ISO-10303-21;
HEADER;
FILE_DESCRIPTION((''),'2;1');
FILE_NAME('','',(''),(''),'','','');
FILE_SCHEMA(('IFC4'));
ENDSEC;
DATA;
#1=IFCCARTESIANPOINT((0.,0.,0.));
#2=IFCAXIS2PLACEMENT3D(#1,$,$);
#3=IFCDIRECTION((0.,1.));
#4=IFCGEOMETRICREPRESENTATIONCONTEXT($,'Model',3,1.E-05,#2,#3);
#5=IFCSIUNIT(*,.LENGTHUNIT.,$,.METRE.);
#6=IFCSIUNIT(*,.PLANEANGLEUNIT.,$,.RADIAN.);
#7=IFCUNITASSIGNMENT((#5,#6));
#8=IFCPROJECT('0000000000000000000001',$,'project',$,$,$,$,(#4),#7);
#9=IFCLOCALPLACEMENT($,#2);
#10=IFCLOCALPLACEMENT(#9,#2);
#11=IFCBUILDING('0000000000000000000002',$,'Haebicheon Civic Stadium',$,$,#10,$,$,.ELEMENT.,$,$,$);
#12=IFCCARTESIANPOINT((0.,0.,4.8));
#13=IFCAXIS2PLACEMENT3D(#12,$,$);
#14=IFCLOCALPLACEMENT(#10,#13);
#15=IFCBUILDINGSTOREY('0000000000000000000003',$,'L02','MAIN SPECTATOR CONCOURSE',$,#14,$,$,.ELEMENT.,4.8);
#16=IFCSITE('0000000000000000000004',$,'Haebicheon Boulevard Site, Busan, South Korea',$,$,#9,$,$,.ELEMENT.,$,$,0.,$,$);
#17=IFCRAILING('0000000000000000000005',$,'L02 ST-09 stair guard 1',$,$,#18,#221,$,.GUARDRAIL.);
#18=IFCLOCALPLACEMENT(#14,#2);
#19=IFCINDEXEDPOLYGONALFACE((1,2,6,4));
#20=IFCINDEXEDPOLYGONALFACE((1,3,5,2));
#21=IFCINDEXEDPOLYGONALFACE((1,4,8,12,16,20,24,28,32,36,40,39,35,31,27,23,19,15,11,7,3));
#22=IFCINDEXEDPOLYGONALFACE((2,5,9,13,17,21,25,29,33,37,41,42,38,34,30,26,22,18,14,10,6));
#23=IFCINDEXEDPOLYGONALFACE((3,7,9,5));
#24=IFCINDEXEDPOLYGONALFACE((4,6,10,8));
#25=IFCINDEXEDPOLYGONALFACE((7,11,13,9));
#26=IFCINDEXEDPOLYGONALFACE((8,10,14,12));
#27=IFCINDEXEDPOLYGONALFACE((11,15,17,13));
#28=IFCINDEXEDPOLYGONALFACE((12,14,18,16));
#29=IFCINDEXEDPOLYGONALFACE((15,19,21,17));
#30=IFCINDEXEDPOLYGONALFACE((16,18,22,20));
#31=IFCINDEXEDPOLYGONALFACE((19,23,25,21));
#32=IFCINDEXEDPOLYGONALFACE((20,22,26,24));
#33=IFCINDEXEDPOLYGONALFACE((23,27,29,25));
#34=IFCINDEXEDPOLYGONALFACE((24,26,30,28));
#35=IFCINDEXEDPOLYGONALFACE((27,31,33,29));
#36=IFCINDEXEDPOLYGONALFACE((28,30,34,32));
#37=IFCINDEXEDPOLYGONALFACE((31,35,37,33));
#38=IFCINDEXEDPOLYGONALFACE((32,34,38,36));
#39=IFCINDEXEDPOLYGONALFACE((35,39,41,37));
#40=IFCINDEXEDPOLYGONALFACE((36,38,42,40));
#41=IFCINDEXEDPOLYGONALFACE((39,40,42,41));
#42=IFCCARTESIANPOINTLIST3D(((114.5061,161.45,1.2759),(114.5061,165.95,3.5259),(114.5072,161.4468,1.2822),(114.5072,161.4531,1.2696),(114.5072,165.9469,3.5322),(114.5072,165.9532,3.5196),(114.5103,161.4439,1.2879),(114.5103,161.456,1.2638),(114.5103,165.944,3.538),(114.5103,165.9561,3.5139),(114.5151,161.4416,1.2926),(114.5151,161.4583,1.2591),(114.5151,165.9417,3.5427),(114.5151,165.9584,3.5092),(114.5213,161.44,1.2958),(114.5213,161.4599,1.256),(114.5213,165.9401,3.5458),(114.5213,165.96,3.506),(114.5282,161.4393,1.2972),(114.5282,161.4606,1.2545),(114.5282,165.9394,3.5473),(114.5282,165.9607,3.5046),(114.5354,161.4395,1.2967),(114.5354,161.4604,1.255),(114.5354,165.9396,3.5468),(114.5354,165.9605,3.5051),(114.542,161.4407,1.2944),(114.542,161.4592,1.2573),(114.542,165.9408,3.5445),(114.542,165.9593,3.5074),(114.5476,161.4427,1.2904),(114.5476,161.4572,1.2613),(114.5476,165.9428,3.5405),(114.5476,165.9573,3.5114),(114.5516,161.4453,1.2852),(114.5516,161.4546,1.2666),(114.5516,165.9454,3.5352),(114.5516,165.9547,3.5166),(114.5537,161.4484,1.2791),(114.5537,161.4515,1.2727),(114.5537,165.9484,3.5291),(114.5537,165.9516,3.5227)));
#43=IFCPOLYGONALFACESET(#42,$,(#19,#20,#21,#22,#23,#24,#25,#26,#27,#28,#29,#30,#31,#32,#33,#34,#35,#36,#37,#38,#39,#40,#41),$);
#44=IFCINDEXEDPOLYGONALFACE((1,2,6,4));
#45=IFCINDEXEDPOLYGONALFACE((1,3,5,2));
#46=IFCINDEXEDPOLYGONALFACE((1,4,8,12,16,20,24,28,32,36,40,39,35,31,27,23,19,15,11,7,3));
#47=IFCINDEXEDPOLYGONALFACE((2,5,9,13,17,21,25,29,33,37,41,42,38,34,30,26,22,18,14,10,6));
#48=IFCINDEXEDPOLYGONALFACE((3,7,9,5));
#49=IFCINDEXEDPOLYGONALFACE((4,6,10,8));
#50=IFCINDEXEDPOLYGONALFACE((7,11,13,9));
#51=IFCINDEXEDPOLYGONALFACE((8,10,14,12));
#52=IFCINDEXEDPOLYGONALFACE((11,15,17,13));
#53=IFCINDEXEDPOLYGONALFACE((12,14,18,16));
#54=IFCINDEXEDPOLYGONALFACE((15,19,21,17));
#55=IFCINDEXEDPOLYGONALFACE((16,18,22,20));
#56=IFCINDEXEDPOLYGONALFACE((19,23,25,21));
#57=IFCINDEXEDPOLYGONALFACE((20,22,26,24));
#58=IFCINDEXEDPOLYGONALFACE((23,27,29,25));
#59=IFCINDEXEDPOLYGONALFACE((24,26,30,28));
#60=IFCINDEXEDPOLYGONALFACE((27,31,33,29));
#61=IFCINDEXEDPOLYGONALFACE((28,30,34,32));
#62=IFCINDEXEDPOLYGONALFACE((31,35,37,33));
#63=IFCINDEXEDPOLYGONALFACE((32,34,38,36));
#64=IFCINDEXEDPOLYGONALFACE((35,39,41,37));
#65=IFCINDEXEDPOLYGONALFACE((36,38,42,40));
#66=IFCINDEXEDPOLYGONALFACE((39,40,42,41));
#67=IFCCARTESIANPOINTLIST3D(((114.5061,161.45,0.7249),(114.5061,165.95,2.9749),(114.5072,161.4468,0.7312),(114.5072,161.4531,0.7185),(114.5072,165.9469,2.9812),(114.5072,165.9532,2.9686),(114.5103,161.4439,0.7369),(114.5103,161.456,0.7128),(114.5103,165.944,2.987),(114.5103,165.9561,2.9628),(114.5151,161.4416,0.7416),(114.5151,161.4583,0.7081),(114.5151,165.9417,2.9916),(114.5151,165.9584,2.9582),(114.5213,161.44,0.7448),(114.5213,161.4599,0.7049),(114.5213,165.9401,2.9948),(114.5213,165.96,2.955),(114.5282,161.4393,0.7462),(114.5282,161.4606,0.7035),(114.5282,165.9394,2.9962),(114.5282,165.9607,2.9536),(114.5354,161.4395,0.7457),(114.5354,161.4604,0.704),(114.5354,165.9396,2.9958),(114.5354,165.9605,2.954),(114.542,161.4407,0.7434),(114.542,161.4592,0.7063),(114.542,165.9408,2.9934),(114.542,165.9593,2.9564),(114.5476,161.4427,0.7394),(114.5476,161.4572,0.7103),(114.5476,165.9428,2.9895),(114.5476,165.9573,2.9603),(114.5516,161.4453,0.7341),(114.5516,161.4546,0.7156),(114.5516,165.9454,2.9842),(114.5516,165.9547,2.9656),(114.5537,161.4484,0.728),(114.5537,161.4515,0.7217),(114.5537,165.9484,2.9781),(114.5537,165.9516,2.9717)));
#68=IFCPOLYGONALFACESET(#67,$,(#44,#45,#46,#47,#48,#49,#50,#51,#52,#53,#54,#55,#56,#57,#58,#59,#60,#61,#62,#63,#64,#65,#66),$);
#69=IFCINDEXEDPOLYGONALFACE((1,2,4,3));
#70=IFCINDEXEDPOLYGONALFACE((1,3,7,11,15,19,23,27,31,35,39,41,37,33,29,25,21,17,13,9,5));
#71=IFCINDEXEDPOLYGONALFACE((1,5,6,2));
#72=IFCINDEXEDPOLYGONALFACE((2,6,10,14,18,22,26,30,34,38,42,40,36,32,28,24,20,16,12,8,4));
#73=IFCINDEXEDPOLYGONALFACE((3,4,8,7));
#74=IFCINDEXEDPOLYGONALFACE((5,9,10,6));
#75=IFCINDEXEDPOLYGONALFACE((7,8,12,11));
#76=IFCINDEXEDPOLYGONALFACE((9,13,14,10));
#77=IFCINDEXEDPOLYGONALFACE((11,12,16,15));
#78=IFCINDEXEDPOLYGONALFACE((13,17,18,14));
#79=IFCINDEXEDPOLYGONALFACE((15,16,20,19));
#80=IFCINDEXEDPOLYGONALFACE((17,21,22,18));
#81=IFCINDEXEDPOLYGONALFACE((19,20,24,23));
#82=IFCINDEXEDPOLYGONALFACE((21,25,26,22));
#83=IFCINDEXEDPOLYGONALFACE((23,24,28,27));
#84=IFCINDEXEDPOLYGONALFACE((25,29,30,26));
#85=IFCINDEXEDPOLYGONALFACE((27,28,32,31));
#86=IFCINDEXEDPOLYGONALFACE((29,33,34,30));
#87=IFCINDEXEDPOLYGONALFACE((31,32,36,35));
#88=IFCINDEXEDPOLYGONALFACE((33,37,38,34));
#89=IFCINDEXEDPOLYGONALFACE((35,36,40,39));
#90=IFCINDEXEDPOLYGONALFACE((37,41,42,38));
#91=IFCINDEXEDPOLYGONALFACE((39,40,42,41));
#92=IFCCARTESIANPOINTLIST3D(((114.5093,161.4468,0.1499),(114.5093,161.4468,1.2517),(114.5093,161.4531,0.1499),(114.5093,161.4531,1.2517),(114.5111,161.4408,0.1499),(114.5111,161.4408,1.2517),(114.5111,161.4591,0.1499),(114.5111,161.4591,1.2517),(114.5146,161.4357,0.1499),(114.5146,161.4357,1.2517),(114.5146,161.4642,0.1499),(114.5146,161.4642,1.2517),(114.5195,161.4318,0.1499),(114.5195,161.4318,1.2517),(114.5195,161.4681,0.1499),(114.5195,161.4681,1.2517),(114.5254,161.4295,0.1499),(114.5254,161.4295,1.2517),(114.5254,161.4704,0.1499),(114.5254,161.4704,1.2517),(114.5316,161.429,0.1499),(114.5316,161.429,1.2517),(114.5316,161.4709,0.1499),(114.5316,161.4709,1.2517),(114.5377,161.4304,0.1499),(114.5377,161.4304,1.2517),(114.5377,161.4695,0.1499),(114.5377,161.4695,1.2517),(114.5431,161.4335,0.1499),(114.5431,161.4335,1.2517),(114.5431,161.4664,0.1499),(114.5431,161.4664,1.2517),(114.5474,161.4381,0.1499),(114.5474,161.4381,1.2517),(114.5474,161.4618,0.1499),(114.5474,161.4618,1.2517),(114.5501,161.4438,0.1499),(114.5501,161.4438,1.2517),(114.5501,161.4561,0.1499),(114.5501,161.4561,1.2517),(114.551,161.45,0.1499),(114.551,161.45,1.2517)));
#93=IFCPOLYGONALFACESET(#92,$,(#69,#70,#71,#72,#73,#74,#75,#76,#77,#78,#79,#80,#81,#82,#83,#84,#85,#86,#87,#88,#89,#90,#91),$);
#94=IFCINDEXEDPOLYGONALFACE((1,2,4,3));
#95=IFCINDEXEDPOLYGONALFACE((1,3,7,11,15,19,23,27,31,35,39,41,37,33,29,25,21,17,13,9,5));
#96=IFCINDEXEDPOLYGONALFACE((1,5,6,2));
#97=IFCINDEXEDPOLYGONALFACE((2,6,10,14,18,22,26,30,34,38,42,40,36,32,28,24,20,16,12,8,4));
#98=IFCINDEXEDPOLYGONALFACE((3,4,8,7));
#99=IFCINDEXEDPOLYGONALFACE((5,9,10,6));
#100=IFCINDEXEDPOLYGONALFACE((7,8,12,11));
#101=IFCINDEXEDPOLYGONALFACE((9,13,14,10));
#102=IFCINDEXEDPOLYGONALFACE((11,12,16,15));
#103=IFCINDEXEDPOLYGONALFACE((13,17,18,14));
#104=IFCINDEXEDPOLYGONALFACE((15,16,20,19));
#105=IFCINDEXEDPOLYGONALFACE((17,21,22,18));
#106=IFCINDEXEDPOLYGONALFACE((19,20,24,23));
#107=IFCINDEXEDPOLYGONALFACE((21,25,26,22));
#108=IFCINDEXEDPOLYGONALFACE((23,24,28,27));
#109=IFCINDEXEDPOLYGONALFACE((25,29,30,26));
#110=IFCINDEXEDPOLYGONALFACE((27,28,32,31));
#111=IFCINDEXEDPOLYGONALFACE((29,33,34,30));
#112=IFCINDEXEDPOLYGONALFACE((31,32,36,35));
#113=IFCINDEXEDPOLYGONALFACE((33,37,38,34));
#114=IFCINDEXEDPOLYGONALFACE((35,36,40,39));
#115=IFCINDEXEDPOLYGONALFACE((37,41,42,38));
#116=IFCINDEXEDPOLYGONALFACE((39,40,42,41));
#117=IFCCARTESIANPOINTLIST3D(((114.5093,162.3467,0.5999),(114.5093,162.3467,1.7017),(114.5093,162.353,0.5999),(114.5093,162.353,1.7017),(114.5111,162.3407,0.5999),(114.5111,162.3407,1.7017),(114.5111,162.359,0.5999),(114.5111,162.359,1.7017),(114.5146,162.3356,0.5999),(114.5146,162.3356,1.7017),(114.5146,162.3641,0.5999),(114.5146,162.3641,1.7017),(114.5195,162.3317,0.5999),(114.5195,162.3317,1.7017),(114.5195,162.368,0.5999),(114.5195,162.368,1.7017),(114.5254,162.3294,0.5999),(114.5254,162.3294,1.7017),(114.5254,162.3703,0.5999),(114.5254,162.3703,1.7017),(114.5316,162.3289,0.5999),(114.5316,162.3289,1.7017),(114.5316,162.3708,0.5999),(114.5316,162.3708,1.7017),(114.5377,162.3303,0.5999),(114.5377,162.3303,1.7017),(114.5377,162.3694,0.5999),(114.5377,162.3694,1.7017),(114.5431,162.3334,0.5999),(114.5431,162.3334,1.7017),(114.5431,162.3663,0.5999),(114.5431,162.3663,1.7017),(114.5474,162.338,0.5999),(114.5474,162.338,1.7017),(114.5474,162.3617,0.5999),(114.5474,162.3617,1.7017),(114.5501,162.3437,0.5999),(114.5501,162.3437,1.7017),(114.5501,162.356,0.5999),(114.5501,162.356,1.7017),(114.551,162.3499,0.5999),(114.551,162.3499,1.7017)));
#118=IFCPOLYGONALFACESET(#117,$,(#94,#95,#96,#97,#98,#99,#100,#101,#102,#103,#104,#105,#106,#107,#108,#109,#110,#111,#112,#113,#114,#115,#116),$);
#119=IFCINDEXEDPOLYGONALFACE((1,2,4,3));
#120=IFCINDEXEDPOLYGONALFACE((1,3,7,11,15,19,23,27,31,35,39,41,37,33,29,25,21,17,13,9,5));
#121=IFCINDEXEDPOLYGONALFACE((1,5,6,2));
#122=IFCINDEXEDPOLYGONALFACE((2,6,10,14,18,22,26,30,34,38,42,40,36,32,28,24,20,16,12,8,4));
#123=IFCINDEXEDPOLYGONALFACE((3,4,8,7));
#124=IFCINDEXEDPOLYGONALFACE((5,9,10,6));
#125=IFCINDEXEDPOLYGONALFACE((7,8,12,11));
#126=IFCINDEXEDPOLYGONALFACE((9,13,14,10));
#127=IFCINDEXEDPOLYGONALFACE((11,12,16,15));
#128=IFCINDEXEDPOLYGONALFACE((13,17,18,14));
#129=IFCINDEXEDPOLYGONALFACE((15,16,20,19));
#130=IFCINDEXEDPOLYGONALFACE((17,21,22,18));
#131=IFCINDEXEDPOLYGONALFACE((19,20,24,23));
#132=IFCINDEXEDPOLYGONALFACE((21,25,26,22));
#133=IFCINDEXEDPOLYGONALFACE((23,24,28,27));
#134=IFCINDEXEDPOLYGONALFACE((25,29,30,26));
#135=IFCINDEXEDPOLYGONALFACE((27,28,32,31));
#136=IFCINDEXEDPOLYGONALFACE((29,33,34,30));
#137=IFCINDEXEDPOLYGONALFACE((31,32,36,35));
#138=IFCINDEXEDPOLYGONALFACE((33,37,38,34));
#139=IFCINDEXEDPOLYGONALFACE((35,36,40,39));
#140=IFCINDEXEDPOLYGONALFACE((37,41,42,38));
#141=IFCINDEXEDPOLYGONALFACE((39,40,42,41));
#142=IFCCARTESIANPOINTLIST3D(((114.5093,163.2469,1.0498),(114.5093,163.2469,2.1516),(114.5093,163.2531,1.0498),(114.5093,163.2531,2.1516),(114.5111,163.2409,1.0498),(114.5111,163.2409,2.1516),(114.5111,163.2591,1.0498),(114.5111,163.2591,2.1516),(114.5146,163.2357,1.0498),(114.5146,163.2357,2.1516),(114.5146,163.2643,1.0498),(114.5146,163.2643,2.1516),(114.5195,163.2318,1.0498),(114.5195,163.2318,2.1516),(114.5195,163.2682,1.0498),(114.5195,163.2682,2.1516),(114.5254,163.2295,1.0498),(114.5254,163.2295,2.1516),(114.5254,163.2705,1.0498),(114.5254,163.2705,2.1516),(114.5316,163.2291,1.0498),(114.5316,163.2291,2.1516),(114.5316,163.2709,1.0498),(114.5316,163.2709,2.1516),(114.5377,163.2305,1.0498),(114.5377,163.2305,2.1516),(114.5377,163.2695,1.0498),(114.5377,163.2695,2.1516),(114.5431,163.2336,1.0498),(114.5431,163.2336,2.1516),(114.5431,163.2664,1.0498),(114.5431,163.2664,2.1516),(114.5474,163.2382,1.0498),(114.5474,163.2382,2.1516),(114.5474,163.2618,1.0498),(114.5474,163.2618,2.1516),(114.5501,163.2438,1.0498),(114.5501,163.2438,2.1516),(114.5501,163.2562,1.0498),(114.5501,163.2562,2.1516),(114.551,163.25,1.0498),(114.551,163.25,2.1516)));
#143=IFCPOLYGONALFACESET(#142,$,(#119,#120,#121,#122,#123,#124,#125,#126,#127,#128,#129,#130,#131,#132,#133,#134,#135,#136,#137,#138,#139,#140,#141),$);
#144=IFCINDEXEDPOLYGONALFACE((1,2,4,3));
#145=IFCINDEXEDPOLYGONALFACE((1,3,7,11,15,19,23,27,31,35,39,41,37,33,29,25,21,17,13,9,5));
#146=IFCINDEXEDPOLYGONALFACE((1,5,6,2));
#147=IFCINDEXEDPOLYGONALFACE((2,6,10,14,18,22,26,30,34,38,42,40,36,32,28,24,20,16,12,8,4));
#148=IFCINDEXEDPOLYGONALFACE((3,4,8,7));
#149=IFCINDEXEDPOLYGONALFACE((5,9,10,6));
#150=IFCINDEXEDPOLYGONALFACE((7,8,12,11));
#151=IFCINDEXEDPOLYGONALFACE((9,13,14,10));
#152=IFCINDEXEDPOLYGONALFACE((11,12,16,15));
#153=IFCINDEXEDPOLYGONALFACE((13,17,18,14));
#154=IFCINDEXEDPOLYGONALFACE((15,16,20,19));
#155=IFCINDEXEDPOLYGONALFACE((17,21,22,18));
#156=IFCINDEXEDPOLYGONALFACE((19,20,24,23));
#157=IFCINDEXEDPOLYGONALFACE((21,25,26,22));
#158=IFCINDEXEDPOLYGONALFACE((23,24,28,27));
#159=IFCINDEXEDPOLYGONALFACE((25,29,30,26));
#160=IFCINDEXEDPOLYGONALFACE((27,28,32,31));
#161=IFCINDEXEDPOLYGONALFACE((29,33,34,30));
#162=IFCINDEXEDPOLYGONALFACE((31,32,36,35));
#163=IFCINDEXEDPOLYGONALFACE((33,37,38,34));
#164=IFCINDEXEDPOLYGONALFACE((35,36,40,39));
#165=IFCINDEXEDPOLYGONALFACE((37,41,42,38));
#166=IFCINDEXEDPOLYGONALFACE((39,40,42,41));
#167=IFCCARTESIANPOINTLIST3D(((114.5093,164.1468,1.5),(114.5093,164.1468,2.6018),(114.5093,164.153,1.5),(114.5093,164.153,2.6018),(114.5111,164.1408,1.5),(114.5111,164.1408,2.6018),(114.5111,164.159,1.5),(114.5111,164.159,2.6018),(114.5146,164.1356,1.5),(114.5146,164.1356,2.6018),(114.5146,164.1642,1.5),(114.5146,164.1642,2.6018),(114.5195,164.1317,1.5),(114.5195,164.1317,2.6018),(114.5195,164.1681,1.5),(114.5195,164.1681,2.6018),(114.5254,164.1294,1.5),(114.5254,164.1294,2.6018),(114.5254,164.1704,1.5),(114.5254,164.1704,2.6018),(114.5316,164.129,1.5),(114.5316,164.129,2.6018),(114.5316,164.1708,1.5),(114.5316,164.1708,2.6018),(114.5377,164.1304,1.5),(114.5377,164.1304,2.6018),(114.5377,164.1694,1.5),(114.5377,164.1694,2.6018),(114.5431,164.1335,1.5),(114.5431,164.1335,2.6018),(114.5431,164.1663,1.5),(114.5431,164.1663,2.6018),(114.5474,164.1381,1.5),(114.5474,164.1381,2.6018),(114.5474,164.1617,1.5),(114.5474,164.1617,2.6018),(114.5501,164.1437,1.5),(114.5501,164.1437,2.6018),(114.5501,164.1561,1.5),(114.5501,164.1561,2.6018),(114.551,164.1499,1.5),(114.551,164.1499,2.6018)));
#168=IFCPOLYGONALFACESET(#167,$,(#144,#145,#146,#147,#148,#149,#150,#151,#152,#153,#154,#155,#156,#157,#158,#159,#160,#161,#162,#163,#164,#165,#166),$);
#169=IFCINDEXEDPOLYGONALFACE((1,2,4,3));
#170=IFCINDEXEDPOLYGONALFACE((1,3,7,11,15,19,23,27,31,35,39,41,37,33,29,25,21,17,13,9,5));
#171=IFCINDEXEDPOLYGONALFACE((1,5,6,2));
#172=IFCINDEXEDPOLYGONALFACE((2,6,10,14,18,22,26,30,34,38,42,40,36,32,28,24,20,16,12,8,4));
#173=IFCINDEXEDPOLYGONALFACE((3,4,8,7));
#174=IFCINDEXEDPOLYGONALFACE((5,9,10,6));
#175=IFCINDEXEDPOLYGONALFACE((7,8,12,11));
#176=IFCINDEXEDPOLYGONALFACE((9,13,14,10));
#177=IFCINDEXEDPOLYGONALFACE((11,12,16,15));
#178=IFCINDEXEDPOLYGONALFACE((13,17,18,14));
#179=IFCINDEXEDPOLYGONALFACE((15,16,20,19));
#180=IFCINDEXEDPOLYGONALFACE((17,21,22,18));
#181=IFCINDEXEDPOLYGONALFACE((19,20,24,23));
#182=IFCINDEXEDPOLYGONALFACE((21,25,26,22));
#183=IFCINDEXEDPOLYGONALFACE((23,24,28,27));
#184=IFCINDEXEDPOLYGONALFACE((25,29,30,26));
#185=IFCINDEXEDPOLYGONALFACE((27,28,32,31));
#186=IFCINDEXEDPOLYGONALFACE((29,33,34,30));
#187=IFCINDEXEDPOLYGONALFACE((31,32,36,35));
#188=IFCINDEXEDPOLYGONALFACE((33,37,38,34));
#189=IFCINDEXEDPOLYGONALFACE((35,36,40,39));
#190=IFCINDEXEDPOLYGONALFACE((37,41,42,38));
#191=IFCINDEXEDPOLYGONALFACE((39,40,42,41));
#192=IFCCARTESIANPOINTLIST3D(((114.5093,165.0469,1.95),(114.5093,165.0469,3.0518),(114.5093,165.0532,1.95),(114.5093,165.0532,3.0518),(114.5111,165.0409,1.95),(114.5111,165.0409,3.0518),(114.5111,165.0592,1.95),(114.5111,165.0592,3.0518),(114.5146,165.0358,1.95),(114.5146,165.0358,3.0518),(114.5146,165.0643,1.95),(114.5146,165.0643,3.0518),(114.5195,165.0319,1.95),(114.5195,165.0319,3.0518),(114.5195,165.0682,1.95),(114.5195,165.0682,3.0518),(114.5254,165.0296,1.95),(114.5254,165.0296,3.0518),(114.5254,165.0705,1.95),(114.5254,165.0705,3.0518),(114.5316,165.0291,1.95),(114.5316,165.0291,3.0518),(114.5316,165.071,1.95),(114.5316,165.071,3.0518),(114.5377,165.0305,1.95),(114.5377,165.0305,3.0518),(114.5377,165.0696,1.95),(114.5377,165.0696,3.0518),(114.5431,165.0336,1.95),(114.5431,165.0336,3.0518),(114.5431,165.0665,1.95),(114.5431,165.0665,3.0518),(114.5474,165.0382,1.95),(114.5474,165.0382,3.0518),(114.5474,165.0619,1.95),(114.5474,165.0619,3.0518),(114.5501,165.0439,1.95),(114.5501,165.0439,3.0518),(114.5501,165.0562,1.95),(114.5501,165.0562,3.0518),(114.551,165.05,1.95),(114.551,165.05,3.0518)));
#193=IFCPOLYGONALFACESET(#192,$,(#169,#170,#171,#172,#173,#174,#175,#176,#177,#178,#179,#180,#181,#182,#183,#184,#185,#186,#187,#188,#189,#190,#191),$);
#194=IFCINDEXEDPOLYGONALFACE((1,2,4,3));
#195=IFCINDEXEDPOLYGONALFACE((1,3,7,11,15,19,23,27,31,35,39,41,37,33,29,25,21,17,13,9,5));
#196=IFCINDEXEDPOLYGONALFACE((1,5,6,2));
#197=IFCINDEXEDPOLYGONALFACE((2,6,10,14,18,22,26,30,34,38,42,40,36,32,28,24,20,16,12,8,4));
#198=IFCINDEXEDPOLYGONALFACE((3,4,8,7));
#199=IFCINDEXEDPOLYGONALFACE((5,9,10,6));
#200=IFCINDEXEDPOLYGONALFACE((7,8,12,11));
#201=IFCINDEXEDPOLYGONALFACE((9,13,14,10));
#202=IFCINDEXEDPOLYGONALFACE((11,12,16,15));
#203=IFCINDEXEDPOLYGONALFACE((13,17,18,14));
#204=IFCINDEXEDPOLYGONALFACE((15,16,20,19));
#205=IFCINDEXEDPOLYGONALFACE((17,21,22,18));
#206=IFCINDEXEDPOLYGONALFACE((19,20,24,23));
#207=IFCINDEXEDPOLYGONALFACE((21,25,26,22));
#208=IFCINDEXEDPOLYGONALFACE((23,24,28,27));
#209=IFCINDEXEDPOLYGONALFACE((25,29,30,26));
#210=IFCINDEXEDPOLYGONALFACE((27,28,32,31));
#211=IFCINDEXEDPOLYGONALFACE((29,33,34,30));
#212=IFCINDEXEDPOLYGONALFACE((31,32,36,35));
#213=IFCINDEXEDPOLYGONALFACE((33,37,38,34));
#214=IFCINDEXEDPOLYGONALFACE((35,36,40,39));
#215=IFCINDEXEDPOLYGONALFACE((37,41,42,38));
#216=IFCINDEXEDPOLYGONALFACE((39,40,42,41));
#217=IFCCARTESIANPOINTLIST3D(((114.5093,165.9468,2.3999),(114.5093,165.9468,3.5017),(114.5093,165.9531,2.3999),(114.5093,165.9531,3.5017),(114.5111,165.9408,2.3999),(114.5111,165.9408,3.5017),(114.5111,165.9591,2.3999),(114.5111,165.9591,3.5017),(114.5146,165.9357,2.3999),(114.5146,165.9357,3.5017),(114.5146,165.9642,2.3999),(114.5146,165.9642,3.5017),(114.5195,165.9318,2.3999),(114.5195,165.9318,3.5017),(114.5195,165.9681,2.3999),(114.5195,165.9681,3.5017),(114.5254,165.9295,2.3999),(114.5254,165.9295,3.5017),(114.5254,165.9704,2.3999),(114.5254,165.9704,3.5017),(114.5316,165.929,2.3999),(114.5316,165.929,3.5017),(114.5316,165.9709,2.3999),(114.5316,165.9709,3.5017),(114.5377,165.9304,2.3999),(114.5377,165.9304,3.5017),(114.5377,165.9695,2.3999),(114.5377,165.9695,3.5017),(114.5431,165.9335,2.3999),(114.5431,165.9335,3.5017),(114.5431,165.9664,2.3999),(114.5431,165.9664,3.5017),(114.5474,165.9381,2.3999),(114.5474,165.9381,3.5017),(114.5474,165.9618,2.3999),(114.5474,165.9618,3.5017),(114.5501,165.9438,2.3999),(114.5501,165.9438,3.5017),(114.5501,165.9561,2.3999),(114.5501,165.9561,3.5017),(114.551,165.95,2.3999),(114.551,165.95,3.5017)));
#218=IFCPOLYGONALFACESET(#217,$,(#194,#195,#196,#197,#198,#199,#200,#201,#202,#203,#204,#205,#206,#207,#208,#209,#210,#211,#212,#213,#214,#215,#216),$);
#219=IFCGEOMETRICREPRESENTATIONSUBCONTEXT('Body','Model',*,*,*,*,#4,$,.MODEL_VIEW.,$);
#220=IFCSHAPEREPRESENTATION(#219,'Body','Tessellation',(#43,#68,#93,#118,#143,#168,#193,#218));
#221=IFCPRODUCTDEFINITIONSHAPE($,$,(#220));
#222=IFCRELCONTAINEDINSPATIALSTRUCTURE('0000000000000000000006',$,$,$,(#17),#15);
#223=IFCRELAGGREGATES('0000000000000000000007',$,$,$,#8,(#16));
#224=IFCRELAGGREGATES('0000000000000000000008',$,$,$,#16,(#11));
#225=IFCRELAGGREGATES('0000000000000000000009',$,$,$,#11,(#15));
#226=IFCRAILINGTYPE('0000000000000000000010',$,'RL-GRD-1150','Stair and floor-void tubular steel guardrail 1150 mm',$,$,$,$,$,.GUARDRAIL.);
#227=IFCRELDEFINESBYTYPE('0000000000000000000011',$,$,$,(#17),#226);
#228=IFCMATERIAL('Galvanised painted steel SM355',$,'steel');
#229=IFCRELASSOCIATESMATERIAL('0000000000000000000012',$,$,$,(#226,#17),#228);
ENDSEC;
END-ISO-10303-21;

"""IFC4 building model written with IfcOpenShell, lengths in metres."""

from ifc_helpers import new_model, si_unit, direction, frame, origin, origin_2d, place, context, subcontext, project, spatial, circle, extrude, material, type_object, element, save


model = new_model("IFC4")

# Units and contexts
model_context = context("Model", 3, precision=1e-05, world=origin(), true_north=direction((0.0, 1.0)))
body_context = subcontext(model_context, "Body", "Model", "MODEL_VIEW")
ifc_project = project(units=[si_unit("LENGTHUNIT", "METRE"), si_unit("PLANEANGLEUNIT", "RADIAN")], contexts=[model_context])

# Site, building, storey
site_placement = place(None, origin())
site = spatial("IfcSite", under=ifc_project, at=site_placement, Name="Haebicheon Boulevard Site, Busan, South Korea", CompositionType="ELEMENT", RefElevation=0.0)
building_placement = place(site_placement, origin())
building = spatial("IfcBuilding", under=site, at=building_placement, Name="Haebicheon Civic Stadium", CompositionType="ELEMENT")
storey_placement = place(building_placement, frame((0.0, 0.0, 4.8)))
storey = spatial("IfcBuildingStorey", under=building, at=storey_placement, Name="L02", Description="MAIN SPECTATOR CONCOURSE", CompositionType="ELEMENT", Elevation=4.8)

# Railing
ifc_material_1 = material(Name="Galvanised painted steel SM355", Category="steel")
railing_type_1 = type_object("IfcRailingType", Name="RL-GRD-1150", Description="Stair and floor-void tubular steel guardrail 1150 mm", PredefinedType="GUARDRAIL", material=ifc_material_1)
railing_1_placement = place(storey_placement, frame((114.53, 161.45, 0.1499)))
element("IfcRailing", 1, at=railing_1_placement, inside=storey, type_object=railing_type_1, material=ifc_material_1, Name="L02 ST-09 stair guard 1", PredefinedType="GUARDRAIL", context=body_context, shape_type="SweptSolid", body=[
    extrude(circle(Radius=0.0239, at=origin_2d()), frame((0.0, 0.0, 1.126), z_axis=(0.0, 0.894427, 0.447214), x_axis=(-1.0, 0.0, 0.0)), (0.0, 0.0, 1.0), 5.0312),
    extrude(circle(Radius=0.0239, at=origin_2d()), frame((0.0, 0.0, 0.575), z_axis=(0.0, 0.894427, 0.447214), x_axis=(-1.0, 0.0, 0.0)), (0.0, 0.0, 1.0), 5.0312),
    extrude(circle(Radius=0.021, at=origin_2d()), origin(), (0.0, 0.0, 1.0), 1.1018),
    extrude(circle(Radius=0.021, at=origin_2d()), frame((0.0, 0.8999, 0.45)), (0.0, 0.0, 1.0), 1.1018),
    extrude(circle(Radius=0.021, at=origin_2d()), frame((0.0, 1.8, 0.8999)), (0.0, 0.0, 1.0), 1.1018),
    extrude(circle(Radius=0.021, at=origin_2d()), frame((0.0, 2.7, 1.3501)), (0.0, 0.0, 1.0), 1.1018),
    extrude(circle(Radius=0.021, at=origin_2d()), frame((0.0, 3.6001, 1.8)), (0.0, 0.0, 1.0), 1.1018),
    extrude(circle(Radius=0.021, at=origin_2d()), frame((0.0, 4.5, 2.25)), (0.0, 0.0, 1.0), 1.1018),
])

save(model, "model.ifc")
